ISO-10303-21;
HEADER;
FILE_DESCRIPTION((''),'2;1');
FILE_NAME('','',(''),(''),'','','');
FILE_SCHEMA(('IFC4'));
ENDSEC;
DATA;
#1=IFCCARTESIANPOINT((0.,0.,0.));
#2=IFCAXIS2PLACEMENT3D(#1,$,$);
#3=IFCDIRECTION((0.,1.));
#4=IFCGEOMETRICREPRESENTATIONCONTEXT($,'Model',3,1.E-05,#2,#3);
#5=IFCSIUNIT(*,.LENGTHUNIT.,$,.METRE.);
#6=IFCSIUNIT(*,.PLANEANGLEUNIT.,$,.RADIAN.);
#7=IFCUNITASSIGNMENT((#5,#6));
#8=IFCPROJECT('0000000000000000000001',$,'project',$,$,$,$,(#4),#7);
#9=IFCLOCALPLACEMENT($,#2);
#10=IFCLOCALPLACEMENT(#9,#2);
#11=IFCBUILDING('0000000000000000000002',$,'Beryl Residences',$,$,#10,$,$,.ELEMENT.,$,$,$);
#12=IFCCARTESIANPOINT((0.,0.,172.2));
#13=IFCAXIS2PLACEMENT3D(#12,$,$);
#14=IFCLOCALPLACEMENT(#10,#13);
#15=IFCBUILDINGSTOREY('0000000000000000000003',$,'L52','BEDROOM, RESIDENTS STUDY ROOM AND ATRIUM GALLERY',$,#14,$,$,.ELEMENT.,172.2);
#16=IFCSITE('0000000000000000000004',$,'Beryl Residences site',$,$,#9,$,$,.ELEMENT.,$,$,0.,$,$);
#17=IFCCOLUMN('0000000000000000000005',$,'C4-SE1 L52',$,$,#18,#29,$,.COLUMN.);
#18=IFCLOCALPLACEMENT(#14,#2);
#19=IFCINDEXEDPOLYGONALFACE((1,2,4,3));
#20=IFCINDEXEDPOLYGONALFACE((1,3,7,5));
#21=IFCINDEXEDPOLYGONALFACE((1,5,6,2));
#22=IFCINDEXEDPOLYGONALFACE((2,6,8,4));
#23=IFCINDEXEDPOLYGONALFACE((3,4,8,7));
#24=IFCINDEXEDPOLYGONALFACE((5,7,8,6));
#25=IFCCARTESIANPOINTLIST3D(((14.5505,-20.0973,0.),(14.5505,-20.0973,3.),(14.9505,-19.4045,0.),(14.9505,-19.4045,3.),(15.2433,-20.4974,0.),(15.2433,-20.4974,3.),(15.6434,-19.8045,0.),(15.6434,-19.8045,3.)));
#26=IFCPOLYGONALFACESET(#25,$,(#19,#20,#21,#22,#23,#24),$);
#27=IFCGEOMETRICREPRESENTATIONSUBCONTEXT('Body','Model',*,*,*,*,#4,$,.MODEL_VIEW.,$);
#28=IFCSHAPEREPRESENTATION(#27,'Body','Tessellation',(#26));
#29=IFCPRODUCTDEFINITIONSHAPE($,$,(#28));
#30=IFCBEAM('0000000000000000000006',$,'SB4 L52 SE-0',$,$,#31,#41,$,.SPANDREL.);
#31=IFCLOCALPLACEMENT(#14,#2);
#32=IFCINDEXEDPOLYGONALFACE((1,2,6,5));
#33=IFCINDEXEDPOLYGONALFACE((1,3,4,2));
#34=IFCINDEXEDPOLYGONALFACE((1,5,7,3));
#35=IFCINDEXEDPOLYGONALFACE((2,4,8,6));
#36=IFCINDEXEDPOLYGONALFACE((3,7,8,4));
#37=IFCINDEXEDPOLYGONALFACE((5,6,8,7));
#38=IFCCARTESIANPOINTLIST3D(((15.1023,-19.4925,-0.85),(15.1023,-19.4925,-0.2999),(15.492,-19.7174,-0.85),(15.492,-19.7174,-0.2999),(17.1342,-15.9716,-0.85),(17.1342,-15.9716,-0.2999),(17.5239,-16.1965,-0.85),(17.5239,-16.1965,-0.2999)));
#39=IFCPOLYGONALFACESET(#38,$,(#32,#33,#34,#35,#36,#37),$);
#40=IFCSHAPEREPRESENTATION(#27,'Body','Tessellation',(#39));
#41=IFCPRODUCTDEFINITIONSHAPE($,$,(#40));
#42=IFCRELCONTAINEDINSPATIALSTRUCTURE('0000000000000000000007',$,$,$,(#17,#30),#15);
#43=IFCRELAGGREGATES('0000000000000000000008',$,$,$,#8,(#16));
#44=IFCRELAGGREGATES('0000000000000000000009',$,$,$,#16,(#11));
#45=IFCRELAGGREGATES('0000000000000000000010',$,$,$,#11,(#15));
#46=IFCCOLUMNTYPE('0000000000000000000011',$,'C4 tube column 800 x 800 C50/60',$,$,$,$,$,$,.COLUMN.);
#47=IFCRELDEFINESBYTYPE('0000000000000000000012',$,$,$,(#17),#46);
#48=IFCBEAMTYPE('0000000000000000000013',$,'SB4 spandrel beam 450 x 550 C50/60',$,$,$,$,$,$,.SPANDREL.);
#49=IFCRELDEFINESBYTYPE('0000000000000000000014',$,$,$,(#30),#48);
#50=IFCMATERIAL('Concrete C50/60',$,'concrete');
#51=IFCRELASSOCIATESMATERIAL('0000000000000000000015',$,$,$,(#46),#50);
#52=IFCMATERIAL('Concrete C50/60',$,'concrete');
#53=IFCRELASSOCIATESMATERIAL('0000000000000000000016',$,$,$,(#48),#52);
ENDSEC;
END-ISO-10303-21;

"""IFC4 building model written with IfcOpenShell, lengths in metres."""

from ifc_helpers import new_model, si_unit, direction, frame, origin, origin_2d, place, context, subcontext, project, spatial, rectangle, extrude, material, material_profile, profile_set, type_object, element, save


model = new_model("IFC4")

# Units and contexts
model_context = context("Model", 3, precision=1e-05, world=origin(), true_north=direction((0.0, 1.0)))
body_context = subcontext(model_context, "Body", "Model", "MODEL_VIEW")
ifc_project = project(units=[si_unit("LENGTHUNIT", "METRE"), si_unit("PLANEANGLEUNIT", "RADIAN")], contexts=[model_context])

# Site, building, storey
site_placement = place(None, origin())
site = spatial("IfcSite", under=ifc_project, at=site_placement, Name="Beryl Residences site", CompositionType="ELEMENT", RefElevation=0.0)
building_placement = place(site_placement, origin())
building = spatial("IfcBuilding", under=site, at=building_placement, Name="Beryl Residences", CompositionType="ELEMENT")
storey_placement = place(building_placement, frame((0.0, 0.0, 172.2)))
storey = spatial("IfcBuildingStorey", under=building, at=storey_placement, Name="L52", Description="BEDROOM, RESIDENTS STUDY ROOM AND ATRIUM GALLERY", CompositionType="ELEMENT", Elevation=172.2)

# Column
ifc_material_1 = material(Name="Concrete C50/60", Category="concrete")
ifc_material_profile_1 = material_profile(ifc_material_1, rectangle(XDim=0.8, YDim=0.8, at=origin_2d()))
ifc_profile_set_1 = profile_set([ifc_material_profile_1], Name="Concrete C50/60")
column_type = type_object("IfcColumnType", Name="C4 tube column 800 x 800 C50/60", PredefinedType="COLUMN", material=ifc_profile_set_1)
column_placement = place(storey_placement, frame((15.0969, -19.9509, 0.0), z_axis=(0.0, 0.0, 1.0), x_axis=(0.5, 0.866025, 0.0)))
element("IfcColumn", 1, at=column_placement, inside=storey, type_object=column_type, Name="C4-SE1 L52", PredefinedType="COLUMN", context=body_context, shape_type="SweptSolid", body=[
    extrude(rectangle(XDim=0.8, YDim=0.8, at=origin_2d()), origin(), (0.0, 0.0, 1.0), 3.0),
])

# Beam
ifc_material_2 = material(Name="Concrete C50/60", Category="concrete")
ifc_material_profile_2 = material_profile(ifc_material_2, rectangle(XDim=0.45, YDim=0.55, at=origin_2d()))
ifc_profile_set_2 = profile_set([ifc_material_profile_2], Name="Concrete C50/60")
beam_type = type_object("IfcBeamType", Name="SB4 spandrel beam 450 x 550 C50/60", PredefinedType="SPANDREL", material=ifc_profile_set_2)
beam_placement = place(storey_placement, frame((15.2971, -19.605, -0.575), z_axis=(0.49984, 0.866118, 0.0), x_axis=(-0.866118, 0.49984, 0.0)))
element("IfcBeam", 2, at=beam_placement, inside=storey, type_object=beam_type, Name="SB4 L52 SE-0", PredefinedType="SPANDREL", context=body_context, shape_type="SweptSolid", body=[
    extrude(rectangle(XDim=0.45, YDim=0.55, at=origin_2d()), origin(), (0.0, 0.0, 1.0), 4.0652),
])

save(model, "model.ifc")
